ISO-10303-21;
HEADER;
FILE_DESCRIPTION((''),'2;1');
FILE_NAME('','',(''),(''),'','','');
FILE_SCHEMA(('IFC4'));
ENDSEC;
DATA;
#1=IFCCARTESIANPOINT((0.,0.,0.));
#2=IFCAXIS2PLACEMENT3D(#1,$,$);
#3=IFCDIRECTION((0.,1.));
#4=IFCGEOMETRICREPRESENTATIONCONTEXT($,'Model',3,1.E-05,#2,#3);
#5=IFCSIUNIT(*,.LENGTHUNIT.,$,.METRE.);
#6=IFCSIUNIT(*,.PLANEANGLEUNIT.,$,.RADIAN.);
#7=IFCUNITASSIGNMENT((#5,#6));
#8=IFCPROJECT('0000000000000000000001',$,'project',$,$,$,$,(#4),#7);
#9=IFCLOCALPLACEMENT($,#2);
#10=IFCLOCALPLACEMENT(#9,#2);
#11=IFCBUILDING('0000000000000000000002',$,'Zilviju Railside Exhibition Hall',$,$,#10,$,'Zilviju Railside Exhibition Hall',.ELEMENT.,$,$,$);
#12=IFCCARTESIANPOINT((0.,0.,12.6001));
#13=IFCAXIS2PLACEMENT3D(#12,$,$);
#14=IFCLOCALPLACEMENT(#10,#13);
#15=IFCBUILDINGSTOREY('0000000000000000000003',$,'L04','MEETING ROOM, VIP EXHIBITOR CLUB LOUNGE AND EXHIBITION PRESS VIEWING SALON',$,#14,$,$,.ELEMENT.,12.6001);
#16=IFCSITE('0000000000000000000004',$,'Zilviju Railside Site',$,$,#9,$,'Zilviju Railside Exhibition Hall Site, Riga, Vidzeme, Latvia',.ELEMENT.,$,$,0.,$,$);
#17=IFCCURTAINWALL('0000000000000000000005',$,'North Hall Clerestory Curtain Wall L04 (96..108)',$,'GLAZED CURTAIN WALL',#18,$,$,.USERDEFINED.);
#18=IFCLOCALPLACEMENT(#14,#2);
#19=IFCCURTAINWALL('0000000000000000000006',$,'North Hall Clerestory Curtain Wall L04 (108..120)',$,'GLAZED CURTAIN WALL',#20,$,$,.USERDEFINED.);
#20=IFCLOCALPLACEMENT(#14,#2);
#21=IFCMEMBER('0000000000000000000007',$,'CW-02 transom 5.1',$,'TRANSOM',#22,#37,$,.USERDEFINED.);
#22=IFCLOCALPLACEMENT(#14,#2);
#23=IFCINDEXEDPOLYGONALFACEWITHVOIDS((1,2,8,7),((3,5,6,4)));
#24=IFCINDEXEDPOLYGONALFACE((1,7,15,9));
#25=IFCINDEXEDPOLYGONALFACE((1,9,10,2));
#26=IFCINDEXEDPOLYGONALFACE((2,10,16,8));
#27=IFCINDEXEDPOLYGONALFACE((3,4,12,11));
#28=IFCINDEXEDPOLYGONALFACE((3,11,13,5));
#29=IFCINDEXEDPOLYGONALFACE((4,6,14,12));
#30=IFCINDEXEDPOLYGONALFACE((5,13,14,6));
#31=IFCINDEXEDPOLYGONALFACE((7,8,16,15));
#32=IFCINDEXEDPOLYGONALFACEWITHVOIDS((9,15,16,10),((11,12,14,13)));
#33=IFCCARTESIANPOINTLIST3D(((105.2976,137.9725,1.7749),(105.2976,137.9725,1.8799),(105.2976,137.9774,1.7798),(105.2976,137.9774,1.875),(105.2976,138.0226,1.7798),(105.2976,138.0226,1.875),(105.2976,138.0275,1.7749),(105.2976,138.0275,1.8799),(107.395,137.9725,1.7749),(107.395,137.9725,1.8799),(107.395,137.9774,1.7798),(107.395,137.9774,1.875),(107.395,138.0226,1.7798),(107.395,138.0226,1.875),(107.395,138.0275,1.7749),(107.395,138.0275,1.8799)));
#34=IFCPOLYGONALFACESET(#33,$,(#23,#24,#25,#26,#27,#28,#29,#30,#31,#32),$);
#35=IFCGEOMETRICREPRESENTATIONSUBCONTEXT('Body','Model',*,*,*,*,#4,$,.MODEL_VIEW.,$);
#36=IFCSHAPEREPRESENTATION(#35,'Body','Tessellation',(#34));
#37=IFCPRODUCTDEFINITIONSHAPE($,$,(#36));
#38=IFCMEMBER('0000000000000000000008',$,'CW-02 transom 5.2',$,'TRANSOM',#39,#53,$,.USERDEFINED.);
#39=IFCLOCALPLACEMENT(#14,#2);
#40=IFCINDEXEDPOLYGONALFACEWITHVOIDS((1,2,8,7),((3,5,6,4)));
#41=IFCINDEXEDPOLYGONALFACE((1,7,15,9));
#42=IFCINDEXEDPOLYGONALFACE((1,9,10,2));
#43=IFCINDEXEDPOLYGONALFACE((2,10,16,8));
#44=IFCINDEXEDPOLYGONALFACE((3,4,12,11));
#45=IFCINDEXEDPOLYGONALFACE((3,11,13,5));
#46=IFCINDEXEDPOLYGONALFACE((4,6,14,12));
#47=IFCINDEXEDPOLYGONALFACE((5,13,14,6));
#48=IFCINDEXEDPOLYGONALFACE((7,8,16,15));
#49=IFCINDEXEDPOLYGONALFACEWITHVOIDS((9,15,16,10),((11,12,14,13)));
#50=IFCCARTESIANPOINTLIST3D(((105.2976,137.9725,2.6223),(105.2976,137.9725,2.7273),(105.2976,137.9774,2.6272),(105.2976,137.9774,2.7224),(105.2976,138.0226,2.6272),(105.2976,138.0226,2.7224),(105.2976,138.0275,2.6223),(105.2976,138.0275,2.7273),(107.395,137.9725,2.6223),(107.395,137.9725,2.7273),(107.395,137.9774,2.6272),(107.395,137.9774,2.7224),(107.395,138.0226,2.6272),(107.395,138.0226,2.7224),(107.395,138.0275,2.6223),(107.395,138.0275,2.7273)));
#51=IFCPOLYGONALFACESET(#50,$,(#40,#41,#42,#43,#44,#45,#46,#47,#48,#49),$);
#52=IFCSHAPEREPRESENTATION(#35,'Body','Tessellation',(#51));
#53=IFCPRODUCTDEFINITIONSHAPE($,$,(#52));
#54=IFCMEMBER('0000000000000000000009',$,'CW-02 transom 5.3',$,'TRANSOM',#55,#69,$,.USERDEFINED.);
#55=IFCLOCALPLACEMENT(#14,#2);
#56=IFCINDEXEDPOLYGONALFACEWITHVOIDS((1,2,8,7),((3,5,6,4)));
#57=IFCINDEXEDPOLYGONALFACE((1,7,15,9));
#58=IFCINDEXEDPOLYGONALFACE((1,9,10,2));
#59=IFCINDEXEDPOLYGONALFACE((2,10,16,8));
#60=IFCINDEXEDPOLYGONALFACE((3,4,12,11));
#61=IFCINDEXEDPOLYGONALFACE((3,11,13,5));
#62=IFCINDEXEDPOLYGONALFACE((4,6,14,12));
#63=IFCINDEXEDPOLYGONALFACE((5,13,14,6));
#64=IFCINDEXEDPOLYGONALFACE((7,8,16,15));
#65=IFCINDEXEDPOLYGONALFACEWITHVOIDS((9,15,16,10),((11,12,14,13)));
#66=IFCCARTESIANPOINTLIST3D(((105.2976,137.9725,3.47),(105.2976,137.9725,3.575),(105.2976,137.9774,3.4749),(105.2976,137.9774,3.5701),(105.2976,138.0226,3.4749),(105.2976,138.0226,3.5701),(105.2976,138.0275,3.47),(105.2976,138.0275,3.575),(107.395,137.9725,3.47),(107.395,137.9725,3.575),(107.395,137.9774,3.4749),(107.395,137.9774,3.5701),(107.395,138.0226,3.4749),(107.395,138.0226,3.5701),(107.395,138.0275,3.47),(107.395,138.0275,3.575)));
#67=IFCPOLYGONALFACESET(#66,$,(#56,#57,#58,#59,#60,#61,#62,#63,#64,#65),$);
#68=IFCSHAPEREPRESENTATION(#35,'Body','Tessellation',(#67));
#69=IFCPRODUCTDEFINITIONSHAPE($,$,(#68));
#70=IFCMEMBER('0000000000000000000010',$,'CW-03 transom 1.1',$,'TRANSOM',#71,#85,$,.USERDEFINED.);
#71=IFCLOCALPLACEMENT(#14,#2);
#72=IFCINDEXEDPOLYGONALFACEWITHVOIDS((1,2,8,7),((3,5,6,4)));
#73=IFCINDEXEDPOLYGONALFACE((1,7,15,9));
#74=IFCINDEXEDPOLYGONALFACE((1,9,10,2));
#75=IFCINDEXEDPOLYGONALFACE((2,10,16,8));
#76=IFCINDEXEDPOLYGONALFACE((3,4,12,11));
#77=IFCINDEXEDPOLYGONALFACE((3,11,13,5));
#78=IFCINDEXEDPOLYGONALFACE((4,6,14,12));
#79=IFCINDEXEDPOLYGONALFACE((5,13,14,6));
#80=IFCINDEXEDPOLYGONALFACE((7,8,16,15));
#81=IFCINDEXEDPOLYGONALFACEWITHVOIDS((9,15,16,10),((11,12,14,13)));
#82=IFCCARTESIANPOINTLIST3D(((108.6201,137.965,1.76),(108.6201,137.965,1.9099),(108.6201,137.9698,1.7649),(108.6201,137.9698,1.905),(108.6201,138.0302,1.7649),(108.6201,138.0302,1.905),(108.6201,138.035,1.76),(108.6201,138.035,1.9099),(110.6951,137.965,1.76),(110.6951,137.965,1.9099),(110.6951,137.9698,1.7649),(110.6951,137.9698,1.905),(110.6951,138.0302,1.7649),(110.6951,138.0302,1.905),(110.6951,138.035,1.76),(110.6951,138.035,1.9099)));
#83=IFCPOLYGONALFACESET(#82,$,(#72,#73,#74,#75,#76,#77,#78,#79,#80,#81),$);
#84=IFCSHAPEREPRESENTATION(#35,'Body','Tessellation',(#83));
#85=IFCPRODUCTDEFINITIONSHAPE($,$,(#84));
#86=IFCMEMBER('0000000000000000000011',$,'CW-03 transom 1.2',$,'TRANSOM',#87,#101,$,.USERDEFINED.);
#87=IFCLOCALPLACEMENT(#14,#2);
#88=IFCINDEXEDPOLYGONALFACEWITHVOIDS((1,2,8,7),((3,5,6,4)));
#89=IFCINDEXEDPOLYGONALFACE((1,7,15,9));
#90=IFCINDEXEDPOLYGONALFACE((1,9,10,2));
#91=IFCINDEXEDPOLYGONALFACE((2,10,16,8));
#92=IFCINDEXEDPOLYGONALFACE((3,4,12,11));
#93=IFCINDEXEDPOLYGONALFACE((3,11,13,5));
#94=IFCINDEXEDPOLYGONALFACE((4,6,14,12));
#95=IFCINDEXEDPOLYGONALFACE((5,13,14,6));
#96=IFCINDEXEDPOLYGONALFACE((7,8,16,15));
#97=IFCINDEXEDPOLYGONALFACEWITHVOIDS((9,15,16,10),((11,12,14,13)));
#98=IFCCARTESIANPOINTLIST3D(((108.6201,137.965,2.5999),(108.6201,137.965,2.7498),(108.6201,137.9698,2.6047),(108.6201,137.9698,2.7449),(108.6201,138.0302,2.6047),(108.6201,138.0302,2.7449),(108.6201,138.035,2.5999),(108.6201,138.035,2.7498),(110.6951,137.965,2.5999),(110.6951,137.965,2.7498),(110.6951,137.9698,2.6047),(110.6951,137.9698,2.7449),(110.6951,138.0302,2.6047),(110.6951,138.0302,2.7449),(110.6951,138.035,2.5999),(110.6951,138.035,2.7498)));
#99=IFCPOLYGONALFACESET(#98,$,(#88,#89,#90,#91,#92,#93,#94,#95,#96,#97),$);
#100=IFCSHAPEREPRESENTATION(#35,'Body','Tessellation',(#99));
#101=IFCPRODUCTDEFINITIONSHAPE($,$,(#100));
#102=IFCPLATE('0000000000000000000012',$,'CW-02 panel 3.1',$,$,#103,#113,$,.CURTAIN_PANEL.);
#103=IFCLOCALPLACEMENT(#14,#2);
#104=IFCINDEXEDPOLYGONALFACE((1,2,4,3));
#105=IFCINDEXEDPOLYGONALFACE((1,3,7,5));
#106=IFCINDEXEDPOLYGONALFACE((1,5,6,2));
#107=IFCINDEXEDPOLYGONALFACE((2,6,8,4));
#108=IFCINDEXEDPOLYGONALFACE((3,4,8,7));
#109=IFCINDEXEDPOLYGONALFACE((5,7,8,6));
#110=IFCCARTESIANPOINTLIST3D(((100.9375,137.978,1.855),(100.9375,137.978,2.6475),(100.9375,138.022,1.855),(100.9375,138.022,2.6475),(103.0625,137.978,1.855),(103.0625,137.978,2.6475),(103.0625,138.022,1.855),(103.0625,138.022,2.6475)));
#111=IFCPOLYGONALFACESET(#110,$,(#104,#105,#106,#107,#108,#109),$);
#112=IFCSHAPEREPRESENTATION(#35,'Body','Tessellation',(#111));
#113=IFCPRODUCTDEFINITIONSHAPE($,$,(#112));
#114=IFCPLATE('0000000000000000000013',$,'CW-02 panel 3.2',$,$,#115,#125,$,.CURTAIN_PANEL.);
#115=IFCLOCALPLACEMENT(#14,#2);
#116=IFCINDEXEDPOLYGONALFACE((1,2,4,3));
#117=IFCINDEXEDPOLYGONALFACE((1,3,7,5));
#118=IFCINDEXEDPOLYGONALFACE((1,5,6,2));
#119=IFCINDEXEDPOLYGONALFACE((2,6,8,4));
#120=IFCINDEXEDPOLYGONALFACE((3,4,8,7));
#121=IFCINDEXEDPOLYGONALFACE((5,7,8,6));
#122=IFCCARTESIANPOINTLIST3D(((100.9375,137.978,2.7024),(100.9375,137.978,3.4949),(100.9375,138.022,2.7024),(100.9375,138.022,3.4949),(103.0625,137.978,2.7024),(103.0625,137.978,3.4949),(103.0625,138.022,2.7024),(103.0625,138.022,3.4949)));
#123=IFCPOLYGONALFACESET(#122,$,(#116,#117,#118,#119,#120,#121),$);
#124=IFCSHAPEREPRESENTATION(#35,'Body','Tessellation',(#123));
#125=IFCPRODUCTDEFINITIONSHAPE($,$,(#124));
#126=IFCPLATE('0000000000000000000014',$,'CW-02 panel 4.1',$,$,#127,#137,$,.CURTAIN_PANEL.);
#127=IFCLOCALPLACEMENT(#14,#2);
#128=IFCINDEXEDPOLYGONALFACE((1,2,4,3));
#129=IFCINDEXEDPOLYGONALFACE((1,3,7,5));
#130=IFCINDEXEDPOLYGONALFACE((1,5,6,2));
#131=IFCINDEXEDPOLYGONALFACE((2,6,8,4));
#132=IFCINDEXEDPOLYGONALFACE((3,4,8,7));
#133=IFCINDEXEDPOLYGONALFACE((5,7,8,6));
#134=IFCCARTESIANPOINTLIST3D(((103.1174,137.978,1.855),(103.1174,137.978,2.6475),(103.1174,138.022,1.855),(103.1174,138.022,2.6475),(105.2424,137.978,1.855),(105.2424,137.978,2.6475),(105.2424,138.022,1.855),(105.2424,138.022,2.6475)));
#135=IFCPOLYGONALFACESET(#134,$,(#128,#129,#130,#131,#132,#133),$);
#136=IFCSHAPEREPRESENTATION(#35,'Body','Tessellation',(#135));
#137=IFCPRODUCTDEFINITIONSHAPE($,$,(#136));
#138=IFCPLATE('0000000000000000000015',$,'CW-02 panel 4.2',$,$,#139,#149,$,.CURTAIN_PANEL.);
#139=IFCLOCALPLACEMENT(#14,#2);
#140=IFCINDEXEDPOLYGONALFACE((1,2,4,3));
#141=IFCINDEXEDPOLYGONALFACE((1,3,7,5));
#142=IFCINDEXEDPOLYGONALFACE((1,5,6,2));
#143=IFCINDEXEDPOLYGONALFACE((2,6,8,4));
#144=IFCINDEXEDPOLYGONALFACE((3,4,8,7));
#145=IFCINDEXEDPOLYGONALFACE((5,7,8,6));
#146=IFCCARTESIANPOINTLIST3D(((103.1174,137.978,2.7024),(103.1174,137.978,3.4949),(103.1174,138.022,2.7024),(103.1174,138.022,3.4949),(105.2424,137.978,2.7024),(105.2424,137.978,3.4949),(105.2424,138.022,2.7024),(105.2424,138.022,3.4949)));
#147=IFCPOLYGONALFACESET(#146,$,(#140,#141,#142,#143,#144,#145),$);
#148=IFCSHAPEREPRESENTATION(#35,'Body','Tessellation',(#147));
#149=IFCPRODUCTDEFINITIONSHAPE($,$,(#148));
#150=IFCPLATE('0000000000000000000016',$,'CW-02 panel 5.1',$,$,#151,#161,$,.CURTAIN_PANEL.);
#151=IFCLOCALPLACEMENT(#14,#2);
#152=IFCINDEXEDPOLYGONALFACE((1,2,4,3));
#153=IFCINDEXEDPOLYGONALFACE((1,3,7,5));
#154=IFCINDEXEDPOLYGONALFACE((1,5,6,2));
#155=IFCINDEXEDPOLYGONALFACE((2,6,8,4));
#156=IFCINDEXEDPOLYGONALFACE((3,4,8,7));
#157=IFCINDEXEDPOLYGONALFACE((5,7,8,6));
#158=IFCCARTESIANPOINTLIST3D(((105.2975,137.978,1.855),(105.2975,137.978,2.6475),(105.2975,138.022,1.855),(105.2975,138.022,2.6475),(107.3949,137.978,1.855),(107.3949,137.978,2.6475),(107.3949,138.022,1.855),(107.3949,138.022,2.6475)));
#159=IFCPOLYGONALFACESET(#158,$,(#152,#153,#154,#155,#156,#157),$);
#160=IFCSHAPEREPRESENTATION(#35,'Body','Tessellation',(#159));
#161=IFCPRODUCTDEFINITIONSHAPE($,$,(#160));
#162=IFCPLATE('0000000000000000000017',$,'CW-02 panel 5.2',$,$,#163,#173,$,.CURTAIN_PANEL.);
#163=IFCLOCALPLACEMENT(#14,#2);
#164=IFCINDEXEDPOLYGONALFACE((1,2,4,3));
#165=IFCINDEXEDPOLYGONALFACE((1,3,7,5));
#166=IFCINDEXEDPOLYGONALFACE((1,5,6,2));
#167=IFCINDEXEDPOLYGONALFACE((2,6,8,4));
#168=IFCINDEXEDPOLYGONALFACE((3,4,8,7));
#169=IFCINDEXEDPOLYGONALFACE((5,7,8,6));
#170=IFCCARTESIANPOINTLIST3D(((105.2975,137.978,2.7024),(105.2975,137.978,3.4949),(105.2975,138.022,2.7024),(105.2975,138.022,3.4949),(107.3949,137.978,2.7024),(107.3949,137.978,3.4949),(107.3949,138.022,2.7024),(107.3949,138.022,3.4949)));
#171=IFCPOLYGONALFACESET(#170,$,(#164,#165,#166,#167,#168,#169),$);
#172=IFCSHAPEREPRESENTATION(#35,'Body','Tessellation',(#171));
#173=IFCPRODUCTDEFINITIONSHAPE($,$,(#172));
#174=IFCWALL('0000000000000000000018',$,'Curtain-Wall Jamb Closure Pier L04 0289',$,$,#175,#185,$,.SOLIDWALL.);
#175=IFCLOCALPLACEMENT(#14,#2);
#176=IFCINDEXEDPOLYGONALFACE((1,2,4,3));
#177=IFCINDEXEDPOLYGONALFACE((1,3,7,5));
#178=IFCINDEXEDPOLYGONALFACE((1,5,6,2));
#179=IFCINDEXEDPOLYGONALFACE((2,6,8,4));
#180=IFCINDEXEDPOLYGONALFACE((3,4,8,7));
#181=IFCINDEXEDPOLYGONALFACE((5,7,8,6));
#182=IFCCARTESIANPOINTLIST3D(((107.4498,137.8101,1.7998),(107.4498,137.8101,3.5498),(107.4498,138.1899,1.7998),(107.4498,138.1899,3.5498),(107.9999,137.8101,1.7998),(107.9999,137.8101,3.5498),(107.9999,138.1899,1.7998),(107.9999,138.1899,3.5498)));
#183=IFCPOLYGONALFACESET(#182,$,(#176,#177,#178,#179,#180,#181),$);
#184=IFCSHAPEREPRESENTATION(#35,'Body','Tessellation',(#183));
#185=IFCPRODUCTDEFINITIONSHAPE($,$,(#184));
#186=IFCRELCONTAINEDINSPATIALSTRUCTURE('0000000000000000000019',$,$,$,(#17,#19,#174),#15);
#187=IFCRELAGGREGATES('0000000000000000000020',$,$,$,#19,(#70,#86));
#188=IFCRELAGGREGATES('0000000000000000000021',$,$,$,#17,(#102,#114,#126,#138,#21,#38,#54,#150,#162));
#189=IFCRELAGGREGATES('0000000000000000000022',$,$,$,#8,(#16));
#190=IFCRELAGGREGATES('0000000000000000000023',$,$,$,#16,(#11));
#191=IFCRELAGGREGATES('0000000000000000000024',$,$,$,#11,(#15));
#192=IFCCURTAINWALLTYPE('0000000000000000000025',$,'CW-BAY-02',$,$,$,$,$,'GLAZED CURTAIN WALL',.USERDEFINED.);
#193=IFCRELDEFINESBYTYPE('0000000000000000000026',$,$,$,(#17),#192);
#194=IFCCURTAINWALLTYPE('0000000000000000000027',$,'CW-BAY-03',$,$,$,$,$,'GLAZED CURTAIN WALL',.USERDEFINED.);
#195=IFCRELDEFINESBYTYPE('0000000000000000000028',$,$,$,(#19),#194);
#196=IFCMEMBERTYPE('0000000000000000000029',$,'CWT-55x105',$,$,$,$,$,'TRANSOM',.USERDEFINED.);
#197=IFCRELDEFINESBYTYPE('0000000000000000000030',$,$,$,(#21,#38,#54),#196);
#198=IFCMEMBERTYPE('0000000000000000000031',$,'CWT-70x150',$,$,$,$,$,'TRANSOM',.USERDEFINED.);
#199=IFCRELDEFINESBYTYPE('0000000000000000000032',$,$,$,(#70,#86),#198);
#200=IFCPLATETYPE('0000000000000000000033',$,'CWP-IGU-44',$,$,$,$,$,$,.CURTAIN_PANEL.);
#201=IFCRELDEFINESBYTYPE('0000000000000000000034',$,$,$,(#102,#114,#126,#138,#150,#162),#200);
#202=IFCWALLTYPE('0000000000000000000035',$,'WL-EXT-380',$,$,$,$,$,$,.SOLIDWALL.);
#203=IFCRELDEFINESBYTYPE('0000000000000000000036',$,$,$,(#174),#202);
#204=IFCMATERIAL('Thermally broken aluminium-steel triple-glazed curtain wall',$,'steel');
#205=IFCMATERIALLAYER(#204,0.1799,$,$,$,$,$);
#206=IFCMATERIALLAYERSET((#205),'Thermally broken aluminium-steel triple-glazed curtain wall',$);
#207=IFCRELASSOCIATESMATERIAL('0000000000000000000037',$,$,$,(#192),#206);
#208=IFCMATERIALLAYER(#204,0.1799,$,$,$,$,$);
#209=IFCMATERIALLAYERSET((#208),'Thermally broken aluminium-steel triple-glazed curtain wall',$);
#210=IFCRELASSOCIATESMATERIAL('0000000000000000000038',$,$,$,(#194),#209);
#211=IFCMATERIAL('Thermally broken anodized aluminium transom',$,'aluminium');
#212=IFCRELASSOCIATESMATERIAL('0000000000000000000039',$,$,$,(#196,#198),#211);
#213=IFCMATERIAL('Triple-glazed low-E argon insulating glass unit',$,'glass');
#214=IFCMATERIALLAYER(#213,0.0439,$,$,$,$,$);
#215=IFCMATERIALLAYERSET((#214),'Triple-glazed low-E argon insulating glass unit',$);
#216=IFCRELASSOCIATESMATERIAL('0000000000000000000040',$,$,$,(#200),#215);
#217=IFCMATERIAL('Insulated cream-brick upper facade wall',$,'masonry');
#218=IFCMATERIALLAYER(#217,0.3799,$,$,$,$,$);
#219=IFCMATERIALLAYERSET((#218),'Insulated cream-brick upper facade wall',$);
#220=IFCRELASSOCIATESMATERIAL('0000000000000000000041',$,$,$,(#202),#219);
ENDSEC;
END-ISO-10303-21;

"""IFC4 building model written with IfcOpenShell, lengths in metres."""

from ifc_helpers import new_model, si_unit, direction, frame, frame_2d, origin, origin_2d, place, context, subcontext, project, spatial, rectangle, hollow_rectangle, extrude, material, layer, layer_set, material_profile, profile_set, type_object, element, aggregate, save


model = new_model("IFC4")

# Units and contexts
model_context = context("Model", 3, precision=1e-05, world=origin(), true_north=direction((0.0, 1.0)))
body_context = subcontext(model_context, "Body", "Model", "MODEL_VIEW")
ifc_project = project(units=[si_unit("LENGTHUNIT", "METRE"), si_unit("PLANEANGLEUNIT", "RADIAN")], contexts=[model_context])

# Site, building, storey
site_placement = place(None, origin())
site = spatial("IfcSite", under=ifc_project, at=site_placement, Name="Zilviju Railside Site", LongName="Zilviju Railside Exhibition Hall Site, Riga, Vidzeme, Latvia", CompositionType="ELEMENT", RefElevation=0.0)
building_placement = place(site_placement, origin())
building = spatial("IfcBuilding", under=site, at=building_placement, Name="Zilviju Railside Exhibition Hall", LongName="Zilviju Railside Exhibition Hall", CompositionType="ELEMENT")
storey_placement = place(building_placement, frame((0.0, 0.0, 12.6001)))
storey = spatial("IfcBuildingStorey", under=building, at=storey_placement, Name="L04", Description="MEETING ROOM, VIP EXHIBITOR CLUB LOUNGE AND EXHIBITION PRESS VIEWING SALON", CompositionType="ELEMENT", Elevation=12.6001)

# Curtain wall
ifc_material_1 = material(Name="Thermally broken aluminium-steel triple-glazed curtain wall", Category="steel")
ifc_layer_1 = layer(ifc_material_1, 0.1799)
ifc_layer_set_1 = layer_set([ifc_layer_1], Name="Thermally broken aluminium-steel triple-glazed curtain wall")
curtain_wall_type_1 = type_object("IfcCurtainWallType", Name="CW-BAY-02", ElementType="GLAZED CURTAIN WALL", PredefinedType="USERDEFINED", material=ifc_layer_set_1)
curtain_wall_1_placement = place(storey_placement, origin())
curtain_wall_1 = element("IfcCurtainWall", 1, at=curtain_wall_1_placement, inside=storey, type_object=curtain_wall_type_1, Name="North Hall Clerestory Curtain Wall L04 (96..108)", ObjectType="GLAZED CURTAIN WALL", PredefinedType="USERDEFINED")

# Curtain wall
ifc_layer_2 = layer(ifc_material_1, 0.1799)
ifc_layer_set_2 = layer_set([ifc_layer_2], Name="Thermally broken aluminium-steel triple-glazed curtain wall")
curtain_wall_type_2 = type_object("IfcCurtainWallType", Name="CW-BAY-03", ElementType="GLAZED CURTAIN WALL", PredefinedType="USERDEFINED", material=ifc_layer_set_2)
curtain_wall_2_placement = place(storey_placement, origin())
curtain_wall_2 = element("IfcCurtainWall", 2, at=curtain_wall_2_placement, inside=storey, type_object=curtain_wall_type_2, Name="North Hall Clerestory Curtain Wall L04 (108..120)", ObjectType="GLAZED CURTAIN WALL", PredefinedType="USERDEFINED")

# Members
ifc_material_2 = material(Name="Thermally broken anodized aluminium transom", Category="aluminium")
ifc_material_profile_1 = material_profile(ifc_material_2, hollow_rectangle(XDim=0.0549, YDim=0.105, WallThickness=0.0049, at=origin_2d()), Name="TRANSOM 105x55x5")
ifc_profile_set_1 = profile_set([ifc_material_profile_1], Name="Thermally broken anodized aluminium transom")
member_type_1 = type_object("IfcMemberType", Name="CWT-55x105", ElementType="TRANSOM", PredefinedType="USERDEFINED", material=ifc_profile_set_1)
member_1_placement = place(storey_placement, frame((105.2976, 138.0, 1.8274), z_axis=(1.0, 0.0, 0.0), x_axis=(0.0, 1.0, 0.0)))
member_1 = element("IfcMember", 3, at=member_1_placement, type_object=member_type_1, Name="CW-02 transom 5.1", ObjectType="TRANSOM", PredefinedType="USERDEFINED", context=body_context, shape_type="SweptSolid", body=[
    extrude(hollow_rectangle(XDim=0.0549, YDim=0.105, WallThickness=0.0049, at=origin_2d()), origin(), (0.0, 0.0, 1.0), 2.0974),
])
member_2_placement = place(storey_placement, frame((105.2976, 138.0, 2.6748), z_axis=(1.0, 0.0, 0.0), x_axis=(0.0, 1.0, 0.0)))
member_2 = element("IfcMember", 4, at=member_2_placement, type_object=member_type_1, Name="CW-02 transom 5.2", ObjectType="TRANSOM", PredefinedType="USERDEFINED", context=body_context, shape_type="SweptSolid", body=[
    extrude(hollow_rectangle(XDim=0.0549, YDim=0.105, WallThickness=0.0049, at=origin_2d()), origin(), (0.0, 0.0, 1.0), 2.0974),
])
member_3_placement = place(storey_placement, frame((105.2976, 138.0, 3.5225), z_axis=(1.0, 0.0, 0.0), x_axis=(0.0, 1.0, 0.0)))
member_3 = element("IfcMember", 5, at=member_3_placement, type_object=member_type_1, Name="CW-02 transom 5.3", ObjectType="TRANSOM", PredefinedType="USERDEFINED", context=body_context, shape_type="SweptSolid", body=[
    extrude(hollow_rectangle(XDim=0.0549, YDim=0.105, WallThickness=0.0049, at=origin_2d()), origin(), (0.0, 0.0, 1.0), 2.0974),
])
ifc_material_profile_2 = material_profile(ifc_material_2, hollow_rectangle(XDim=0.0701, YDim=0.1499, WallThickness=0.0049, at=origin_2d()), Name="TRANSOM 150x70x5")
ifc_profile_set_2 = profile_set([ifc_material_profile_2], Name="Thermally broken anodized aluminium transom")
member_type_2 = type_object("IfcMemberType", Name="CWT-70x150", ElementType="TRANSOM", PredefinedType="USERDEFINED", material=ifc_profile_set_2)
member_4_placement = place(storey_placement, frame((108.6201, 138.0, 1.835), z_axis=(1.0, 0.0, 0.0), x_axis=(0.0, 1.0, 0.0)))
member_4 = element("IfcMember", 6, at=member_4_placement, type_object=member_type_2, Name="CW-03 transom 1.1", ObjectType="TRANSOM", PredefinedType="USERDEFINED", context=body_context, shape_type="SweptSolid", body=[
    extrude(hollow_rectangle(XDim=0.0701, YDim=0.1499, WallThickness=0.0049, at=origin_2d()), origin(), (0.0, 0.0, 1.0), 2.075),
])
member_5_placement = place(storey_placement, frame((108.6201, 138.0, 2.6748), z_axis=(1.0, 0.0, 0.0), x_axis=(0.0, 1.0, 0.0)))
member_5 = element("IfcMember", 7, at=member_5_placement, type_object=member_type_2, Name="CW-03 transom 1.2", ObjectType="TRANSOM", PredefinedType="USERDEFINED", context=body_context, shape_type="SweptSolid", body=[
    extrude(hollow_rectangle(XDim=0.0701, YDim=0.1499, WallThickness=0.0049, at=origin_2d()), origin(), (0.0, 0.0, 1.0), 2.075),
])
aggregate(curtain_wall_2, [member_4, member_5])

# Plates
ifc_material_3 = material(Name="Triple-glazed low-E argon insulating glass unit", Category="glass")
ifc_layer_3 = layer(ifc_material_3, 0.0439)
ifc_layer_set_3 = layer_set([ifc_layer_3], Name="Triple-glazed low-E argon insulating glass unit")
plate_type = type_object("IfcPlateType", Name="CWP-IGU-44", PredefinedType="CURTAIN_PANEL", material=ifc_layer_set_3)
plate_1_placement = place(storey_placement, frame((102.0, 138.0, 1.855), z_axis=(0.0, 0.0, 1.0), x_axis=(1.0, 0.0, 0.0)))
plate_1 = element("IfcPlate", 8, at=plate_1_placement, type_object=plate_type, Name="CW-02 panel 3.1", PredefinedType="CURTAIN_PANEL", context=body_context, shape_type="SweptSolid", body=[
    extrude(rectangle(XDim=2.125, YDim=0.0439, at=origin_2d()), origin(), (0.0, 0.0, 1.0), 0.7925),
])
plate_2_placement = place(storey_placement, frame((102.0, 138.0, 2.7024), z_axis=(0.0, 0.0, 1.0), x_axis=(1.0, 0.0, 0.0)))
plate_2 = element("IfcPlate", 9, at=plate_2_placement, type_object=plate_type, Name="CW-02 panel 3.2", PredefinedType="CURTAIN_PANEL", context=body_context, shape_type="SweptSolid", body=[
    extrude(rectangle(XDim=2.125, YDim=0.0439, at=origin_2d()), origin(), (0.0, 0.0, 1.0), 0.7925),
])
plate_3_placement = place(storey_placement, frame((104.1799, 138.0, 1.855), z_axis=(0.0, 0.0, 1.0), x_axis=(1.0, 0.0, 0.0)))
plate_3 = element("IfcPlate", 10, at=plate_3_placement, type_object=plate_type, Name="CW-02 panel 4.1", PredefinedType="CURTAIN_PANEL", context=body_context, shape_type="SweptSolid", body=[
    extrude(rectangle(XDim=2.125, YDim=0.0439, at=origin_2d()), origin(), (0.0, 0.0, 1.0), 0.7925),
])
plate_4_placement = place(storey_placement, frame((104.1799, 138.0, 2.7024), z_axis=(0.0, 0.0, 1.0), x_axis=(1.0, 0.0, 0.0)))
plate_4 = element("IfcPlate", 11, at=plate_4_placement, type_object=plate_type, Name="CW-02 panel 4.2", PredefinedType="CURTAIN_PANEL", context=body_context, shape_type="SweptSolid", body=[
    extrude(rectangle(XDim=2.125, YDim=0.0439, at=origin_2d()), origin(), (0.0, 0.0, 1.0), 0.7925),
])
plate_5_placement = place(storey_placement, frame((106.3462, 138.0, 1.855), z_axis=(0.0, 0.0, 1.0), x_axis=(1.0, 0.0, 0.0)))
plate_5 = element("IfcPlate", 12, at=plate_5_placement, type_object=plate_type, Name="CW-02 panel 5.1", PredefinedType="CURTAIN_PANEL", context=body_context, shape_type="SweptSolid", body=[
    extrude(rectangle(XDim=2.0974, YDim=0.0439, at=origin_2d()), origin(), (0.0, 0.0, 1.0), 0.7925),
])
plate_6_placement = place(storey_placement, frame((106.3462, 138.0, 2.7024), z_axis=(0.0, 0.0, 1.0), x_axis=(1.0, 0.0, 0.0)))
plate_6 = element("IfcPlate", 13, at=plate_6_placement, type_object=plate_type, Name="CW-02 panel 5.2", PredefinedType="CURTAIN_PANEL", context=body_context, shape_type="SweptSolid", body=[
    extrude(rectangle(XDim=2.0974, YDim=0.0439, at=origin_2d()), origin(), (0.0, 0.0, 1.0), 0.7925),
])
aggregate(curtain_wall_1, [plate_1, plate_2, plate_3, plate_4, member_1, member_2, member_3, plate_5, plate_6])

# Wall
ifc_material_4 = material(Name="Insulated cream-brick upper facade wall", Category="masonry")
ifc_layer_4 = layer(ifc_material_4, 0.3799)
ifc_layer_set_4 = layer_set([ifc_layer_4], Name="Insulated cream-brick upper facade wall")
wall_type = type_object("IfcWallType", Name="WL-EXT-380", PredefinedType="SOLIDWALL", material=ifc_layer_set_4)
wall_1_placement = place(storey_placement, frame((107.45, 138.0, 1.7998), z_axis=(0.0, 0.0, 1.0), x_axis=(1.0, 0.0, 0.0)))
element("IfcWall", 14, at=wall_1_placement, inside=storey, type_object=wall_type, Name="Curtain-Wall Jamb Closure Pier L04 0289", PredefinedType="SOLIDWALL", context=body_context, shape_type="SweptSolid", body=[
    extrude(rectangle(XDim=0.55, YDim=0.3799, at=frame_2d((0.2749, 0.0))), origin(), (0.0, 0.0, 1.0), 1.75),
])

save(model, "model.ifc")
